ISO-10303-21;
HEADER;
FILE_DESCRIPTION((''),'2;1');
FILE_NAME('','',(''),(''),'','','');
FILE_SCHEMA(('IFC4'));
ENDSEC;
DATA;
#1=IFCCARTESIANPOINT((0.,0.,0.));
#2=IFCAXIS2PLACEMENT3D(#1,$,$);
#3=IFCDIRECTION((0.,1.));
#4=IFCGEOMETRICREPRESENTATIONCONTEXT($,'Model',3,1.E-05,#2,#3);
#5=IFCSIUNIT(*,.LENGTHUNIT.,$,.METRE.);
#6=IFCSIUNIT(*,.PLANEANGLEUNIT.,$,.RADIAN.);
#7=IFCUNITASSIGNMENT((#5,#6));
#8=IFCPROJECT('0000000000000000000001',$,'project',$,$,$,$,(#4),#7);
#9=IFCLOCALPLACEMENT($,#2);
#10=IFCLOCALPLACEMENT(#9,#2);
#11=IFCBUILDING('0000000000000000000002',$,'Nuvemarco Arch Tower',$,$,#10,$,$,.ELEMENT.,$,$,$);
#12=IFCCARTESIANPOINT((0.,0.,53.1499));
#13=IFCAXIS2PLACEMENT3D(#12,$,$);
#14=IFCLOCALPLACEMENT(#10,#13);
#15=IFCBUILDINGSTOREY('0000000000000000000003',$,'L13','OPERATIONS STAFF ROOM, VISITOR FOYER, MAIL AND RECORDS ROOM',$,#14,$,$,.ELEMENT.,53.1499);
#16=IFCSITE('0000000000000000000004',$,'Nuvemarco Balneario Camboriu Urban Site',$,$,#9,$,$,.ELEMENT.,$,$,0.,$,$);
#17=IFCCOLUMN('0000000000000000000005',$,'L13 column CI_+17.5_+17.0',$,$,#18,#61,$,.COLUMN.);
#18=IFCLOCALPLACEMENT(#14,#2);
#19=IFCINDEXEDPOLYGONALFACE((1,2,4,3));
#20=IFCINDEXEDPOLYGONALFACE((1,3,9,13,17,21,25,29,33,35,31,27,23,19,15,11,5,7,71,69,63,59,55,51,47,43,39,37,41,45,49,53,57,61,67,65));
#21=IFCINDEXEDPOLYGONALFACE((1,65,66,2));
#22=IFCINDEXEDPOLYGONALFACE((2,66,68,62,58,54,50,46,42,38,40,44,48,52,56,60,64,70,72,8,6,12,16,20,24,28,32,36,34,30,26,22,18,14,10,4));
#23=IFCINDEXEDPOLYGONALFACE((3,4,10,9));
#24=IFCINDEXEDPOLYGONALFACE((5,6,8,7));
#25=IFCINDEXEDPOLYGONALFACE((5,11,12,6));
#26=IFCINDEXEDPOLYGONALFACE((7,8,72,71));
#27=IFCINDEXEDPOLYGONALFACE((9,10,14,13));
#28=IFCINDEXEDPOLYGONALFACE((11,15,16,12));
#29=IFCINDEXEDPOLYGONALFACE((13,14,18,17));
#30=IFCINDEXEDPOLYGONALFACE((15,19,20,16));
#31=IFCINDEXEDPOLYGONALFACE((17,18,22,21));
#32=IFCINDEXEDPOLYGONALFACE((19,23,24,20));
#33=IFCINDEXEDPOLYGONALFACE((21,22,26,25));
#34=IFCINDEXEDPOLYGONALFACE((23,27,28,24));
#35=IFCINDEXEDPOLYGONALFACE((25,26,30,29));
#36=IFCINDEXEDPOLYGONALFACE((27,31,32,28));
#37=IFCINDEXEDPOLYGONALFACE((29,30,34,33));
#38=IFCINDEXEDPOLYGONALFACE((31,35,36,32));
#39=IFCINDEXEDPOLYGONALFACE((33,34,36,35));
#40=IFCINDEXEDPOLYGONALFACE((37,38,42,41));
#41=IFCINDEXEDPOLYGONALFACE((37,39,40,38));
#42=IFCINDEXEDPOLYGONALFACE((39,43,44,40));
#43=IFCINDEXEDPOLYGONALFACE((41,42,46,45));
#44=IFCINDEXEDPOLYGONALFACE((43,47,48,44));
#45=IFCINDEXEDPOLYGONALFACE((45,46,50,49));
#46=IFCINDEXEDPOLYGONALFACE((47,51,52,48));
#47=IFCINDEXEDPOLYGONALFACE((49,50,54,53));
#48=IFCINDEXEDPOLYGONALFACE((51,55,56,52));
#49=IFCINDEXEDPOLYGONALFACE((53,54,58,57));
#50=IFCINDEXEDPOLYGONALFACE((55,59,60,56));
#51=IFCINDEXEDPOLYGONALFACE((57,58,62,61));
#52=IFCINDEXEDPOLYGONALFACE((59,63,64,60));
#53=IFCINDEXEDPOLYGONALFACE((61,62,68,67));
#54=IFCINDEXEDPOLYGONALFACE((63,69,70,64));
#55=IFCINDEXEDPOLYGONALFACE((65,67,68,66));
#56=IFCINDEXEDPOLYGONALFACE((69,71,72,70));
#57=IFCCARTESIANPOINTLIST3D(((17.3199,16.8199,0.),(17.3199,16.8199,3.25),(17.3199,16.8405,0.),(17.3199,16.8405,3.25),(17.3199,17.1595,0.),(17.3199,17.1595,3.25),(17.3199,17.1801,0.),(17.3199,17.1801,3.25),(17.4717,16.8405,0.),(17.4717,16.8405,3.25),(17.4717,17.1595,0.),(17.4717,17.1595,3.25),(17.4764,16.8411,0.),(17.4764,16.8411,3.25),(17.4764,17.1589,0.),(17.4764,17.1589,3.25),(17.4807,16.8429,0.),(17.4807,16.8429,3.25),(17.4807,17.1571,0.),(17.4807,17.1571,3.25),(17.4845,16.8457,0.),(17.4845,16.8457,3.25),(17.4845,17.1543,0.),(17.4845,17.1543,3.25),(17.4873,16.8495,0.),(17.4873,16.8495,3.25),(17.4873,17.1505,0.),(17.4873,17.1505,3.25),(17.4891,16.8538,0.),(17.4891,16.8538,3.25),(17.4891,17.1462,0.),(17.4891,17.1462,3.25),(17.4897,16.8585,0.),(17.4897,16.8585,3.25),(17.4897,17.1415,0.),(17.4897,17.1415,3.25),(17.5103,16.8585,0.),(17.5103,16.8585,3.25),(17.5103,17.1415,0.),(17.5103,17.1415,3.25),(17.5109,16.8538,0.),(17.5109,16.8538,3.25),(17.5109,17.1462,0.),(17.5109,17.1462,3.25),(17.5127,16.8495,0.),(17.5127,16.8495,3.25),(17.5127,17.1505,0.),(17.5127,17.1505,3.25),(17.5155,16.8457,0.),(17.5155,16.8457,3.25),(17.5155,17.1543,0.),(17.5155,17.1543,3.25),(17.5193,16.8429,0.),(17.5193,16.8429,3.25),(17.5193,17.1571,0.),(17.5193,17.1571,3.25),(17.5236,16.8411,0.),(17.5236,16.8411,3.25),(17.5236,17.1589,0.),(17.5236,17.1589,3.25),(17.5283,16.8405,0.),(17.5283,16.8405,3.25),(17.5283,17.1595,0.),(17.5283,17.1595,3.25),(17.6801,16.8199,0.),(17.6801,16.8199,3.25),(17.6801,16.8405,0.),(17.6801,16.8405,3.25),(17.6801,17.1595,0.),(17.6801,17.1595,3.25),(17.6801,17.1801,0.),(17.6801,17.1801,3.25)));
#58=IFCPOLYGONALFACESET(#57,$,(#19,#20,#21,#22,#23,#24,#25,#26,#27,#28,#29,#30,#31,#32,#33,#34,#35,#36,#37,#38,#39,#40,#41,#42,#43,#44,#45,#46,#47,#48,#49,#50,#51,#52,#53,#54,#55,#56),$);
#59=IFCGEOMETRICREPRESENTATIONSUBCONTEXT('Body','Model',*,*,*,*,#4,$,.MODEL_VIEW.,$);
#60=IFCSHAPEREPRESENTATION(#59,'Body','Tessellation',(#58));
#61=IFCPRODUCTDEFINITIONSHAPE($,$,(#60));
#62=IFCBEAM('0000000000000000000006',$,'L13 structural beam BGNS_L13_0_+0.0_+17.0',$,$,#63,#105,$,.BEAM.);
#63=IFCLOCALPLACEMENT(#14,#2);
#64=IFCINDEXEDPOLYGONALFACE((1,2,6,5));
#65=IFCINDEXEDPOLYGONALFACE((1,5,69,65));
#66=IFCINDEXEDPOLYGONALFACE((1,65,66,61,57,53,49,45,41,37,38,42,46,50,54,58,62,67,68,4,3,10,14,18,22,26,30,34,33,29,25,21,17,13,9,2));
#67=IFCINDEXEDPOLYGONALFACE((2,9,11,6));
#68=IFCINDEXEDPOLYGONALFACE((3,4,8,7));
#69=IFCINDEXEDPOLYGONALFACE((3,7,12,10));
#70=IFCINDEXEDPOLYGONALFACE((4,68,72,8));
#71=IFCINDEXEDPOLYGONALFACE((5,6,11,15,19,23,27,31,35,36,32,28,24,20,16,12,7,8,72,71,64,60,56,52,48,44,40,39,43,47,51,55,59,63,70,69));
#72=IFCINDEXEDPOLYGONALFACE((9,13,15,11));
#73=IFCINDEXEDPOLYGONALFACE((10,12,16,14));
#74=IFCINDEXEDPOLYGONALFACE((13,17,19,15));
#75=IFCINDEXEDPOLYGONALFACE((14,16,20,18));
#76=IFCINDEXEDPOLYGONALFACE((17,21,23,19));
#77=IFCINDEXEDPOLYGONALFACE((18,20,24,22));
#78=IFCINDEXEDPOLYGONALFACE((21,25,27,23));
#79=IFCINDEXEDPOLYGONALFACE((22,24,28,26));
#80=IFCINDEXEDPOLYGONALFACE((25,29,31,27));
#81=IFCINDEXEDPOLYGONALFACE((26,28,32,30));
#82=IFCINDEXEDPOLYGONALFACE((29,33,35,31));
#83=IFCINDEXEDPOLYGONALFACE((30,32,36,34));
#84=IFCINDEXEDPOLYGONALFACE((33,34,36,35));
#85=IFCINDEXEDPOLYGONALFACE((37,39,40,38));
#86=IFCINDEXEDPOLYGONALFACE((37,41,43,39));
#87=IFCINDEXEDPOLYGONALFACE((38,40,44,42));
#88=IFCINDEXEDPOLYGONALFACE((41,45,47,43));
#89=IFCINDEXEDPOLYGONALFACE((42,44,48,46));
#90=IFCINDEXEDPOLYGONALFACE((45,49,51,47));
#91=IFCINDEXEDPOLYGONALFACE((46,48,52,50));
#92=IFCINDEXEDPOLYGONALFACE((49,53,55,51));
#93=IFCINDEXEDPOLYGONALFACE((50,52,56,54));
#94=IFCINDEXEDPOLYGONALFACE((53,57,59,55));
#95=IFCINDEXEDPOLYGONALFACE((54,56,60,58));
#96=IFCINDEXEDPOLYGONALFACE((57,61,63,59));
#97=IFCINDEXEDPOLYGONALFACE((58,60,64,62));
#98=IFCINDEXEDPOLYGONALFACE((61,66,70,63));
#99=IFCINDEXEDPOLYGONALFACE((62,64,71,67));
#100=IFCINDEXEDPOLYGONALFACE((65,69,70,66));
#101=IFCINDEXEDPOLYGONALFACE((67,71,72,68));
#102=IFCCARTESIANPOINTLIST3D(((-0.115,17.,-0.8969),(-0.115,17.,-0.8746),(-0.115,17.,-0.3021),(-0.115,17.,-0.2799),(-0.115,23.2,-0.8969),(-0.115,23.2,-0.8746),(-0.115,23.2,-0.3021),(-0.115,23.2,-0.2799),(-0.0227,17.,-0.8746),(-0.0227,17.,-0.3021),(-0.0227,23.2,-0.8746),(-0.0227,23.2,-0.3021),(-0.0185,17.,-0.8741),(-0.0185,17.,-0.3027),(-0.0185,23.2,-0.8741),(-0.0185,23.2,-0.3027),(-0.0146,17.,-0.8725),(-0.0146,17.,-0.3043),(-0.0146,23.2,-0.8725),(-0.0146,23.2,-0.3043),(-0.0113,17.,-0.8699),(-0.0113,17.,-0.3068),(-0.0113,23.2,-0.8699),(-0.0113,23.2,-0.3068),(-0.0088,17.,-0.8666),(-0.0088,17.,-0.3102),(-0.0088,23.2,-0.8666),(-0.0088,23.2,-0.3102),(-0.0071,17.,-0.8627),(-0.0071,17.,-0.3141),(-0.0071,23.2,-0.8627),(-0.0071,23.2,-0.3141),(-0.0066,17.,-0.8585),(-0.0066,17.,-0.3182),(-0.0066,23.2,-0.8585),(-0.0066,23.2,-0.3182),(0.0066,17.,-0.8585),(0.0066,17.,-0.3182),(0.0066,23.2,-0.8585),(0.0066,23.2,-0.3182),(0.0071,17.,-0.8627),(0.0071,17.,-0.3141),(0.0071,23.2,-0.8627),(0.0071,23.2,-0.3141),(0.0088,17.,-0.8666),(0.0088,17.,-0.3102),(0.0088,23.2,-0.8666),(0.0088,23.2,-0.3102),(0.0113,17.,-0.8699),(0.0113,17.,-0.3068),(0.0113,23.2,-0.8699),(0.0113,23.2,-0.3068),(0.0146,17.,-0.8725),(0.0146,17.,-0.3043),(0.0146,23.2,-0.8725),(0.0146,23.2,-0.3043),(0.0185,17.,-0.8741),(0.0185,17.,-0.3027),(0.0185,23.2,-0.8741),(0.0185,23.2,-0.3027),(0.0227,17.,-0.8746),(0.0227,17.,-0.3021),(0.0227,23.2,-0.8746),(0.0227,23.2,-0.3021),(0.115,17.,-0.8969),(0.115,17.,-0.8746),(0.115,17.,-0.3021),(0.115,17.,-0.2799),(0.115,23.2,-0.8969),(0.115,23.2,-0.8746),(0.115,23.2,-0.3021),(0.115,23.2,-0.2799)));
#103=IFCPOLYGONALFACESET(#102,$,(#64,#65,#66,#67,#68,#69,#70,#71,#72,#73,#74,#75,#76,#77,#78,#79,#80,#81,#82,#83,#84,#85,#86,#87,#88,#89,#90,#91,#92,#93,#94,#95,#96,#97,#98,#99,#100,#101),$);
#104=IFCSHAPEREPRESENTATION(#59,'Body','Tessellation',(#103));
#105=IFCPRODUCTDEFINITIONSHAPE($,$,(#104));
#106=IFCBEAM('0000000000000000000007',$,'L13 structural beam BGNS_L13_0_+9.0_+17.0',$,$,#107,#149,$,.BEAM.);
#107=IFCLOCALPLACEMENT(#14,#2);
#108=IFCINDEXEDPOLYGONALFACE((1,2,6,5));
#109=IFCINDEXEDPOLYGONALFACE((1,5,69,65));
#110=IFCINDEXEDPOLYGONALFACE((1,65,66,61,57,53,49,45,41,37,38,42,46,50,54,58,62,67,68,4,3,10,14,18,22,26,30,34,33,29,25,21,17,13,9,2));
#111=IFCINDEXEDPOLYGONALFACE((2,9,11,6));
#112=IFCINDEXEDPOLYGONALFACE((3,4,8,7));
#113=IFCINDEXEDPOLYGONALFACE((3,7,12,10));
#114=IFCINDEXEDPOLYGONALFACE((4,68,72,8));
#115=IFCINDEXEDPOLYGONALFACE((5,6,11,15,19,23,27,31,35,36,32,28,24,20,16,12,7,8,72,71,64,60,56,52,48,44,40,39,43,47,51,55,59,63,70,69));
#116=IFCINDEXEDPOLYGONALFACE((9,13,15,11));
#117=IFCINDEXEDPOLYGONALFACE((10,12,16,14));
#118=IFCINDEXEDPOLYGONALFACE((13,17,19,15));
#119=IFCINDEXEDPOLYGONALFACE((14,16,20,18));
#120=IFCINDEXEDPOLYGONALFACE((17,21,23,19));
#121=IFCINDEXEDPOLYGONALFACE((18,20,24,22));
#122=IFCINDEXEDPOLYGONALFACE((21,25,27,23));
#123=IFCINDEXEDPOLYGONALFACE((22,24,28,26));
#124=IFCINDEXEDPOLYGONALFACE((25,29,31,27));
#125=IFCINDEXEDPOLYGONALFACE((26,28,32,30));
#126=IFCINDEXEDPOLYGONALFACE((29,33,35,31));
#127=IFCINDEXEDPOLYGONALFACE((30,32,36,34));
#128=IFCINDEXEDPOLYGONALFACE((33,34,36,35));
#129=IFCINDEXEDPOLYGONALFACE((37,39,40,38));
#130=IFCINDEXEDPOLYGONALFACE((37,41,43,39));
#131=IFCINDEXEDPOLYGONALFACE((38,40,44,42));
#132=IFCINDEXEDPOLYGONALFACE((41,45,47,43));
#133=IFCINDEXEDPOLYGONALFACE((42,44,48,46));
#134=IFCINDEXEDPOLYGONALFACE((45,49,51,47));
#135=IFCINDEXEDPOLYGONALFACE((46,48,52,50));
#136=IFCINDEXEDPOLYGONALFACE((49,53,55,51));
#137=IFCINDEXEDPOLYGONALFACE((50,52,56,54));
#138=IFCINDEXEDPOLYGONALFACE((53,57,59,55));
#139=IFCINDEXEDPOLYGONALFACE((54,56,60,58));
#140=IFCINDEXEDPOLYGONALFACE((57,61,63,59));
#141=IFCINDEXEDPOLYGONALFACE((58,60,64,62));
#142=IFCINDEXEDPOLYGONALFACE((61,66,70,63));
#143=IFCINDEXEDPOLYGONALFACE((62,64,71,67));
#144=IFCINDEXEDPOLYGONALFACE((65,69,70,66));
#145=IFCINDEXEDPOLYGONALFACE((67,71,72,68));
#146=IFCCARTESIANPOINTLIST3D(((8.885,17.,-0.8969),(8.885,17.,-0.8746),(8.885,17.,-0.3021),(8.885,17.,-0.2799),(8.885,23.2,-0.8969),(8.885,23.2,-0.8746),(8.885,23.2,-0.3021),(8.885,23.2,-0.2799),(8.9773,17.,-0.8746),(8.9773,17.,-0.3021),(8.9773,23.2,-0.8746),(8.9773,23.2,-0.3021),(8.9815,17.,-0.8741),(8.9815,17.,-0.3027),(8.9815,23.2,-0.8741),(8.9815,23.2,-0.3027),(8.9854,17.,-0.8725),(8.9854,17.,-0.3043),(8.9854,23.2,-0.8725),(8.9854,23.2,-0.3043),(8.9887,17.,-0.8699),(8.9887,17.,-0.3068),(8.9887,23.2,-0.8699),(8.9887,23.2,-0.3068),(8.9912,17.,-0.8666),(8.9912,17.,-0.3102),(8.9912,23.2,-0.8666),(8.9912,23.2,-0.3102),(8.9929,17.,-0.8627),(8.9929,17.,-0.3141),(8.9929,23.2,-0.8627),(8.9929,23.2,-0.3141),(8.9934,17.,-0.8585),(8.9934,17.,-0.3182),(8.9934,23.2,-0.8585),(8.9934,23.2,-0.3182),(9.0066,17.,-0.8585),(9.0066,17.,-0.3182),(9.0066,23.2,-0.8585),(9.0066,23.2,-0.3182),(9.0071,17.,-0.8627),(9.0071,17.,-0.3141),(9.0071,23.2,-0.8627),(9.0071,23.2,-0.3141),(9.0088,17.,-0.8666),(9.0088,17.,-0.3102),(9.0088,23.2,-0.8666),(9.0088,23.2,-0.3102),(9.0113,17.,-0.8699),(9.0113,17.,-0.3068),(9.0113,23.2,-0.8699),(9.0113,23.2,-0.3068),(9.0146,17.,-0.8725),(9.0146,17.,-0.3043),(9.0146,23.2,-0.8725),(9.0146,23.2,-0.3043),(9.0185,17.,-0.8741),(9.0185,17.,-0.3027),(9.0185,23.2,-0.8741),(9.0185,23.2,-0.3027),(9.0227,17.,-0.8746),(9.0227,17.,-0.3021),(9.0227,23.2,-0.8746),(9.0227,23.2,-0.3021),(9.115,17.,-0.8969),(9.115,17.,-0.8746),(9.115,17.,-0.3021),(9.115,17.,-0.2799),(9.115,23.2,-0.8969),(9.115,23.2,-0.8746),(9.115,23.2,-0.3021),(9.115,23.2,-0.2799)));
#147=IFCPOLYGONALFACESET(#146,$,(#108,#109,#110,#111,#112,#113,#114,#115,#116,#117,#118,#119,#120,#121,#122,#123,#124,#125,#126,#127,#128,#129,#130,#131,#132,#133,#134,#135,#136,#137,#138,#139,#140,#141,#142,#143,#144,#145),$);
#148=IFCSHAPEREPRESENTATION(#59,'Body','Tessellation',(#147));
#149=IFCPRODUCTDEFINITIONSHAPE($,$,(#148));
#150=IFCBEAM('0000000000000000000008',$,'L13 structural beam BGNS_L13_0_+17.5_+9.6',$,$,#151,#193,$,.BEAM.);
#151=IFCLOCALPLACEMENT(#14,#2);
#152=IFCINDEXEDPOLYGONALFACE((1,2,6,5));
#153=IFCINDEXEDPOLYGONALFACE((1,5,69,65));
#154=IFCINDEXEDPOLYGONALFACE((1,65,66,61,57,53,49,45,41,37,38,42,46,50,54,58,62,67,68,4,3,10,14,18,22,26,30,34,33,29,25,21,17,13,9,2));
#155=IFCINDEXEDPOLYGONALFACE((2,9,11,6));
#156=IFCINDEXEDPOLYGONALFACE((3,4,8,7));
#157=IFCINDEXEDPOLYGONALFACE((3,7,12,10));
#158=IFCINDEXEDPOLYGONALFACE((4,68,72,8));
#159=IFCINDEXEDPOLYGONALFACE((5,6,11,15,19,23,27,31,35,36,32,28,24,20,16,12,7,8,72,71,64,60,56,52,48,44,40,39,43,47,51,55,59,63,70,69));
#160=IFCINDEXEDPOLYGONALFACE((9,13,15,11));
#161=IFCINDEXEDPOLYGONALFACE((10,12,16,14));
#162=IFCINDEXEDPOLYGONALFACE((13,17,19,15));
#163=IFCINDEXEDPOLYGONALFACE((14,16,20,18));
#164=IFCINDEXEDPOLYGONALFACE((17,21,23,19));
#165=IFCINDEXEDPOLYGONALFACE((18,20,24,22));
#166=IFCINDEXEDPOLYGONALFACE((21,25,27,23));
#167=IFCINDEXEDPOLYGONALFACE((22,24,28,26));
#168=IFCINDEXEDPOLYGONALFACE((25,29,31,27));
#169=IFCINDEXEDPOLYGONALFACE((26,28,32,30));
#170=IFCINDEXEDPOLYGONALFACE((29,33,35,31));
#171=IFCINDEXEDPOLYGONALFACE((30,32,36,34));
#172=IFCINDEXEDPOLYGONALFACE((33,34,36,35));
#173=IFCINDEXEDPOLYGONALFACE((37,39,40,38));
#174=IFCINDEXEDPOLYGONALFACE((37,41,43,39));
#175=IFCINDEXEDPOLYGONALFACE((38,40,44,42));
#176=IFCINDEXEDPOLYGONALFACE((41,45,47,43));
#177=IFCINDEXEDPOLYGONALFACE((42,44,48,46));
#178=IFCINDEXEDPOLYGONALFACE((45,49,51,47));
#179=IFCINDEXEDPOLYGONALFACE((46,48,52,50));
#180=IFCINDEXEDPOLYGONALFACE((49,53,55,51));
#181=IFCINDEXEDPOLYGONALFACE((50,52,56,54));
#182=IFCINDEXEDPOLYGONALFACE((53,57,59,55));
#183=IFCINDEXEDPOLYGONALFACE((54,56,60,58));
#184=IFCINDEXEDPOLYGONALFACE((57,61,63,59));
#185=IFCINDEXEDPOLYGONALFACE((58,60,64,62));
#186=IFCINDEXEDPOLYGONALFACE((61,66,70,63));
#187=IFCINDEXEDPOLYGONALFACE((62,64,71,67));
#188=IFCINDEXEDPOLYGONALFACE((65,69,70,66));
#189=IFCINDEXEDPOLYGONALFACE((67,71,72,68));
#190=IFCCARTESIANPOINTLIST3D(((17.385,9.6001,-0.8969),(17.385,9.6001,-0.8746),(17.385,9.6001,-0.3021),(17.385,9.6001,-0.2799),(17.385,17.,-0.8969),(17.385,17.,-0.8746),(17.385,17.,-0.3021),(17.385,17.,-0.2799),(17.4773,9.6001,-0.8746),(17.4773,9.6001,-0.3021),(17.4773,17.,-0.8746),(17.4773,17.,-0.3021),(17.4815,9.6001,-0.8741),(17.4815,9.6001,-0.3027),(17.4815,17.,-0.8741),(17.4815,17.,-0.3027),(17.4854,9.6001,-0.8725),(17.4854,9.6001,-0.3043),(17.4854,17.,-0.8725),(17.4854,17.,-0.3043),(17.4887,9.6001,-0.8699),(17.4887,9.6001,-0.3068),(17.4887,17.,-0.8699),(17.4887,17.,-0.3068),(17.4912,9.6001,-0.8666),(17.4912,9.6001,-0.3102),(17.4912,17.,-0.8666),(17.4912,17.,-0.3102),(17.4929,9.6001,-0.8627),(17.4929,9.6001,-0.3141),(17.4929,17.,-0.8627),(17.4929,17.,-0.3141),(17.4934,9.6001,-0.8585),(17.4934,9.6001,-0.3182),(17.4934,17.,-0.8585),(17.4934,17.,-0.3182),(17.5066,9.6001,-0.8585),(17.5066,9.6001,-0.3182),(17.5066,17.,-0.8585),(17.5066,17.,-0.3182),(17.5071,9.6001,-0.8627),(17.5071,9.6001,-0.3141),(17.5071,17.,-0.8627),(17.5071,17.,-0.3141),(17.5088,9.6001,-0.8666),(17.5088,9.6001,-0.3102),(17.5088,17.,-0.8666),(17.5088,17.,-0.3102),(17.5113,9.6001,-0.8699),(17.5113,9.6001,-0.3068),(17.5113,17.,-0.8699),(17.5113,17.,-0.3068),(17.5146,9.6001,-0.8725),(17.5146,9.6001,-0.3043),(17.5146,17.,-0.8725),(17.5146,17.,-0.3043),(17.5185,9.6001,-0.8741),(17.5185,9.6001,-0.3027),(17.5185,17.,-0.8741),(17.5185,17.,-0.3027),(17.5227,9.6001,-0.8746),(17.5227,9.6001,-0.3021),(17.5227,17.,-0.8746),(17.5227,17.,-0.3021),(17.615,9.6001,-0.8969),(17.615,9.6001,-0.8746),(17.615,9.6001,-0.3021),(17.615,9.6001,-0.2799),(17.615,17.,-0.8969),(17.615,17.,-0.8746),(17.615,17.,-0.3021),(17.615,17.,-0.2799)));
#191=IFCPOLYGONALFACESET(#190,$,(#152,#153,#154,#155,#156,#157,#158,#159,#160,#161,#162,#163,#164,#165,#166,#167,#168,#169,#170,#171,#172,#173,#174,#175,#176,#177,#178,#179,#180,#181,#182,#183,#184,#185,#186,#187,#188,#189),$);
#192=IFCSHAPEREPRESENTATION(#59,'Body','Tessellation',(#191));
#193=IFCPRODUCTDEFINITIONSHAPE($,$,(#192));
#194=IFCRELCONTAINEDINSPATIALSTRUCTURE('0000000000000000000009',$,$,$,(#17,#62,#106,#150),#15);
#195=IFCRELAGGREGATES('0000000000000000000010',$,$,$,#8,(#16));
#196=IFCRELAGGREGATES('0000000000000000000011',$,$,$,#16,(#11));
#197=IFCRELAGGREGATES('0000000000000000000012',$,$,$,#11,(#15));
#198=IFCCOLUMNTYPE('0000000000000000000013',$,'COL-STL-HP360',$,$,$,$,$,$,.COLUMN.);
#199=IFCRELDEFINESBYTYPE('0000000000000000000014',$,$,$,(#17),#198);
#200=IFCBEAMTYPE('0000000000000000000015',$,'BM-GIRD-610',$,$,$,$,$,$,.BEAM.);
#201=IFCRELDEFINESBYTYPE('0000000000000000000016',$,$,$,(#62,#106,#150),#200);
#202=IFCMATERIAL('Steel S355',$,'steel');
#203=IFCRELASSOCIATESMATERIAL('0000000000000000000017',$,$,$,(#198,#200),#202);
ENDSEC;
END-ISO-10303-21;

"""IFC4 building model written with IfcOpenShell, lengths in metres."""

from ifc_helpers import new_model, si_unit, direction, frame, origin, origin_2d, place, context, subcontext, project, spatial, i_section, extrude, material, material_profile, profile_set, type_object, element, save


model = new_model("IFC4")

# Units and contexts
model_context = context("Model", 3, precision=1e-05, world=origin(), true_north=direction((0.0, 1.0)))
body_context = subcontext(model_context, "Body", "Model", "MODEL_VIEW")
ifc_project = project(units=[si_unit("LENGTHUNIT", "METRE"), si_unit("PLANEANGLEUNIT", "RADIAN")], contexts=[model_context])

# Site, building, storey
site_placement = place(None, origin())
site = spatial("IfcSite", under=ifc_project, at=site_placement, Name="Nuvemarco Balneario Camboriu Urban Site", CompositionType="ELEMENT", RefElevation=0.0)
building_placement = place(site_placement, origin())
building = spatial("IfcBuilding", under=site, at=building_placement, Name="Nuvemarco Arch Tower", CompositionType="ELEMENT")
storey_placement = place(building_placement, frame((0.0, 0.0, 53.1499)))
storey = spatial("IfcBuildingStorey", under=building, at=storey_placement, Name="L13", Description="OPERATIONS STAFF ROOM, VISITOR FOYER, MAIL AND RECORDS ROOM", CompositionType="ELEMENT", Elevation=53.1499)

# Column
ifc_material_1 = material(Name="Steel S355", Category="steel")
ifc_material_profile_1 = material_profile(ifc_material_1, i_section(OverallWidth=0.3601, OverallDepth=0.3601, WebThickness=0.0205, FlangeThickness=0.0205, FilletRadius=0.0181, at=origin_2d()), Name="HP360x174")
ifc_profile_set_1 = profile_set([ifc_material_profile_1], Name="Steel S355")
column_type_1 = type_object("IfcColumnType", Name="COL-STL-HP360", PredefinedType="COLUMN", material=ifc_profile_set_1)
for number, where, z_axis, x_axis, name in (
    (1, (17.5, 17.0, 0.0), (0.0, 0.0, 1.0), (1.0, 0.0, 0.0), "L13 column CI_+17.5_+17.0"),
):
    element("IfcColumn", number, at=place(storey_placement, frame(where, z_axis=z_axis, x_axis=x_axis)), inside=storey, type_object=column_type_1, Name=name, PredefinedType="COLUMN", context=body_context, shape_type="SweptSolid", body=[
        extrude(i_section(OverallWidth=0.3601, OverallDepth=0.3601, WebThickness=0.0205, FlangeThickness=0.0205, FilletRadius=0.0181, at=origin_2d()), origin(), (0.0, 0.0, 1.0), 3.25),
    ])

# Beams
ifc_material_profile_2 = material_profile(ifc_material_1, i_section(OverallWidth=0.23, OverallDepth=0.6169, WebThickness=0.0132, FlangeThickness=0.0222, FilletRadius=0.0161, at=origin_2d()), Name="W610x140")
ifc_profile_set_2 = profile_set([ifc_material_profile_2], Name="Steel S355")
beam_type_1 = type_object("IfcBeamType", Name="BM-GIRD-610", PredefinedType="BEAM", material=ifc_profile_set_2)
for number, where, z_axis, x_axis, name in (
    (2, (0.0, 17.0, -0.5884), (0.0, 1.0, 0.0), (-1.0, 0.0, 0.0), "L13 structural beam BGNS_L13_0_+0.0_+17.0"),
    (3, (9.0, 17.0, -0.5884), (0.0, 1.0, 0.0), (-1.0, 0.0, 0.0), "L13 structural beam BGNS_L13_0_+9.0_+17.0"),
):
    element("IfcBeam", number, at=place(storey_placement, frame(where, z_axis=z_axis, x_axis=x_axis)), inside=storey, type_object=beam_type_1, Name=name, PredefinedType="BEAM", context=body_context, shape_type="SweptSolid", body=[
        extrude(i_section(OverallWidth=0.23, OverallDepth=0.6169, WebThickness=0.0132, FlangeThickness=0.0222, FilletRadius=0.0161, at=origin_2d()), origin(), (0.0, 0.0, 1.0), 6.2),
    ])
beam_1_placement = place(storey_placement, frame((17.5, 9.6001, -0.5884), z_axis=(0.0, 1.0, 0.0), x_axis=(-1.0, 0.0, 0.0)))
element("IfcBeam", 4, at=beam_1_placement, inside=storey, type_object=beam_type_1, Name="L13 structural beam BGNS_L13_0_+17.5_+9.6", PredefinedType="BEAM", context=body_context, shape_type="SweptSolid", body=[
    extrude(i_section(OverallWidth=0.23, OverallDepth=0.6169, WebThickness=0.0132, FlangeThickness=0.0222, FilletRadius=0.0161, at=origin_2d()), origin(), (0.0, 0.0, 1.0), 7.3999),
])

save(model, "model.ifc")
